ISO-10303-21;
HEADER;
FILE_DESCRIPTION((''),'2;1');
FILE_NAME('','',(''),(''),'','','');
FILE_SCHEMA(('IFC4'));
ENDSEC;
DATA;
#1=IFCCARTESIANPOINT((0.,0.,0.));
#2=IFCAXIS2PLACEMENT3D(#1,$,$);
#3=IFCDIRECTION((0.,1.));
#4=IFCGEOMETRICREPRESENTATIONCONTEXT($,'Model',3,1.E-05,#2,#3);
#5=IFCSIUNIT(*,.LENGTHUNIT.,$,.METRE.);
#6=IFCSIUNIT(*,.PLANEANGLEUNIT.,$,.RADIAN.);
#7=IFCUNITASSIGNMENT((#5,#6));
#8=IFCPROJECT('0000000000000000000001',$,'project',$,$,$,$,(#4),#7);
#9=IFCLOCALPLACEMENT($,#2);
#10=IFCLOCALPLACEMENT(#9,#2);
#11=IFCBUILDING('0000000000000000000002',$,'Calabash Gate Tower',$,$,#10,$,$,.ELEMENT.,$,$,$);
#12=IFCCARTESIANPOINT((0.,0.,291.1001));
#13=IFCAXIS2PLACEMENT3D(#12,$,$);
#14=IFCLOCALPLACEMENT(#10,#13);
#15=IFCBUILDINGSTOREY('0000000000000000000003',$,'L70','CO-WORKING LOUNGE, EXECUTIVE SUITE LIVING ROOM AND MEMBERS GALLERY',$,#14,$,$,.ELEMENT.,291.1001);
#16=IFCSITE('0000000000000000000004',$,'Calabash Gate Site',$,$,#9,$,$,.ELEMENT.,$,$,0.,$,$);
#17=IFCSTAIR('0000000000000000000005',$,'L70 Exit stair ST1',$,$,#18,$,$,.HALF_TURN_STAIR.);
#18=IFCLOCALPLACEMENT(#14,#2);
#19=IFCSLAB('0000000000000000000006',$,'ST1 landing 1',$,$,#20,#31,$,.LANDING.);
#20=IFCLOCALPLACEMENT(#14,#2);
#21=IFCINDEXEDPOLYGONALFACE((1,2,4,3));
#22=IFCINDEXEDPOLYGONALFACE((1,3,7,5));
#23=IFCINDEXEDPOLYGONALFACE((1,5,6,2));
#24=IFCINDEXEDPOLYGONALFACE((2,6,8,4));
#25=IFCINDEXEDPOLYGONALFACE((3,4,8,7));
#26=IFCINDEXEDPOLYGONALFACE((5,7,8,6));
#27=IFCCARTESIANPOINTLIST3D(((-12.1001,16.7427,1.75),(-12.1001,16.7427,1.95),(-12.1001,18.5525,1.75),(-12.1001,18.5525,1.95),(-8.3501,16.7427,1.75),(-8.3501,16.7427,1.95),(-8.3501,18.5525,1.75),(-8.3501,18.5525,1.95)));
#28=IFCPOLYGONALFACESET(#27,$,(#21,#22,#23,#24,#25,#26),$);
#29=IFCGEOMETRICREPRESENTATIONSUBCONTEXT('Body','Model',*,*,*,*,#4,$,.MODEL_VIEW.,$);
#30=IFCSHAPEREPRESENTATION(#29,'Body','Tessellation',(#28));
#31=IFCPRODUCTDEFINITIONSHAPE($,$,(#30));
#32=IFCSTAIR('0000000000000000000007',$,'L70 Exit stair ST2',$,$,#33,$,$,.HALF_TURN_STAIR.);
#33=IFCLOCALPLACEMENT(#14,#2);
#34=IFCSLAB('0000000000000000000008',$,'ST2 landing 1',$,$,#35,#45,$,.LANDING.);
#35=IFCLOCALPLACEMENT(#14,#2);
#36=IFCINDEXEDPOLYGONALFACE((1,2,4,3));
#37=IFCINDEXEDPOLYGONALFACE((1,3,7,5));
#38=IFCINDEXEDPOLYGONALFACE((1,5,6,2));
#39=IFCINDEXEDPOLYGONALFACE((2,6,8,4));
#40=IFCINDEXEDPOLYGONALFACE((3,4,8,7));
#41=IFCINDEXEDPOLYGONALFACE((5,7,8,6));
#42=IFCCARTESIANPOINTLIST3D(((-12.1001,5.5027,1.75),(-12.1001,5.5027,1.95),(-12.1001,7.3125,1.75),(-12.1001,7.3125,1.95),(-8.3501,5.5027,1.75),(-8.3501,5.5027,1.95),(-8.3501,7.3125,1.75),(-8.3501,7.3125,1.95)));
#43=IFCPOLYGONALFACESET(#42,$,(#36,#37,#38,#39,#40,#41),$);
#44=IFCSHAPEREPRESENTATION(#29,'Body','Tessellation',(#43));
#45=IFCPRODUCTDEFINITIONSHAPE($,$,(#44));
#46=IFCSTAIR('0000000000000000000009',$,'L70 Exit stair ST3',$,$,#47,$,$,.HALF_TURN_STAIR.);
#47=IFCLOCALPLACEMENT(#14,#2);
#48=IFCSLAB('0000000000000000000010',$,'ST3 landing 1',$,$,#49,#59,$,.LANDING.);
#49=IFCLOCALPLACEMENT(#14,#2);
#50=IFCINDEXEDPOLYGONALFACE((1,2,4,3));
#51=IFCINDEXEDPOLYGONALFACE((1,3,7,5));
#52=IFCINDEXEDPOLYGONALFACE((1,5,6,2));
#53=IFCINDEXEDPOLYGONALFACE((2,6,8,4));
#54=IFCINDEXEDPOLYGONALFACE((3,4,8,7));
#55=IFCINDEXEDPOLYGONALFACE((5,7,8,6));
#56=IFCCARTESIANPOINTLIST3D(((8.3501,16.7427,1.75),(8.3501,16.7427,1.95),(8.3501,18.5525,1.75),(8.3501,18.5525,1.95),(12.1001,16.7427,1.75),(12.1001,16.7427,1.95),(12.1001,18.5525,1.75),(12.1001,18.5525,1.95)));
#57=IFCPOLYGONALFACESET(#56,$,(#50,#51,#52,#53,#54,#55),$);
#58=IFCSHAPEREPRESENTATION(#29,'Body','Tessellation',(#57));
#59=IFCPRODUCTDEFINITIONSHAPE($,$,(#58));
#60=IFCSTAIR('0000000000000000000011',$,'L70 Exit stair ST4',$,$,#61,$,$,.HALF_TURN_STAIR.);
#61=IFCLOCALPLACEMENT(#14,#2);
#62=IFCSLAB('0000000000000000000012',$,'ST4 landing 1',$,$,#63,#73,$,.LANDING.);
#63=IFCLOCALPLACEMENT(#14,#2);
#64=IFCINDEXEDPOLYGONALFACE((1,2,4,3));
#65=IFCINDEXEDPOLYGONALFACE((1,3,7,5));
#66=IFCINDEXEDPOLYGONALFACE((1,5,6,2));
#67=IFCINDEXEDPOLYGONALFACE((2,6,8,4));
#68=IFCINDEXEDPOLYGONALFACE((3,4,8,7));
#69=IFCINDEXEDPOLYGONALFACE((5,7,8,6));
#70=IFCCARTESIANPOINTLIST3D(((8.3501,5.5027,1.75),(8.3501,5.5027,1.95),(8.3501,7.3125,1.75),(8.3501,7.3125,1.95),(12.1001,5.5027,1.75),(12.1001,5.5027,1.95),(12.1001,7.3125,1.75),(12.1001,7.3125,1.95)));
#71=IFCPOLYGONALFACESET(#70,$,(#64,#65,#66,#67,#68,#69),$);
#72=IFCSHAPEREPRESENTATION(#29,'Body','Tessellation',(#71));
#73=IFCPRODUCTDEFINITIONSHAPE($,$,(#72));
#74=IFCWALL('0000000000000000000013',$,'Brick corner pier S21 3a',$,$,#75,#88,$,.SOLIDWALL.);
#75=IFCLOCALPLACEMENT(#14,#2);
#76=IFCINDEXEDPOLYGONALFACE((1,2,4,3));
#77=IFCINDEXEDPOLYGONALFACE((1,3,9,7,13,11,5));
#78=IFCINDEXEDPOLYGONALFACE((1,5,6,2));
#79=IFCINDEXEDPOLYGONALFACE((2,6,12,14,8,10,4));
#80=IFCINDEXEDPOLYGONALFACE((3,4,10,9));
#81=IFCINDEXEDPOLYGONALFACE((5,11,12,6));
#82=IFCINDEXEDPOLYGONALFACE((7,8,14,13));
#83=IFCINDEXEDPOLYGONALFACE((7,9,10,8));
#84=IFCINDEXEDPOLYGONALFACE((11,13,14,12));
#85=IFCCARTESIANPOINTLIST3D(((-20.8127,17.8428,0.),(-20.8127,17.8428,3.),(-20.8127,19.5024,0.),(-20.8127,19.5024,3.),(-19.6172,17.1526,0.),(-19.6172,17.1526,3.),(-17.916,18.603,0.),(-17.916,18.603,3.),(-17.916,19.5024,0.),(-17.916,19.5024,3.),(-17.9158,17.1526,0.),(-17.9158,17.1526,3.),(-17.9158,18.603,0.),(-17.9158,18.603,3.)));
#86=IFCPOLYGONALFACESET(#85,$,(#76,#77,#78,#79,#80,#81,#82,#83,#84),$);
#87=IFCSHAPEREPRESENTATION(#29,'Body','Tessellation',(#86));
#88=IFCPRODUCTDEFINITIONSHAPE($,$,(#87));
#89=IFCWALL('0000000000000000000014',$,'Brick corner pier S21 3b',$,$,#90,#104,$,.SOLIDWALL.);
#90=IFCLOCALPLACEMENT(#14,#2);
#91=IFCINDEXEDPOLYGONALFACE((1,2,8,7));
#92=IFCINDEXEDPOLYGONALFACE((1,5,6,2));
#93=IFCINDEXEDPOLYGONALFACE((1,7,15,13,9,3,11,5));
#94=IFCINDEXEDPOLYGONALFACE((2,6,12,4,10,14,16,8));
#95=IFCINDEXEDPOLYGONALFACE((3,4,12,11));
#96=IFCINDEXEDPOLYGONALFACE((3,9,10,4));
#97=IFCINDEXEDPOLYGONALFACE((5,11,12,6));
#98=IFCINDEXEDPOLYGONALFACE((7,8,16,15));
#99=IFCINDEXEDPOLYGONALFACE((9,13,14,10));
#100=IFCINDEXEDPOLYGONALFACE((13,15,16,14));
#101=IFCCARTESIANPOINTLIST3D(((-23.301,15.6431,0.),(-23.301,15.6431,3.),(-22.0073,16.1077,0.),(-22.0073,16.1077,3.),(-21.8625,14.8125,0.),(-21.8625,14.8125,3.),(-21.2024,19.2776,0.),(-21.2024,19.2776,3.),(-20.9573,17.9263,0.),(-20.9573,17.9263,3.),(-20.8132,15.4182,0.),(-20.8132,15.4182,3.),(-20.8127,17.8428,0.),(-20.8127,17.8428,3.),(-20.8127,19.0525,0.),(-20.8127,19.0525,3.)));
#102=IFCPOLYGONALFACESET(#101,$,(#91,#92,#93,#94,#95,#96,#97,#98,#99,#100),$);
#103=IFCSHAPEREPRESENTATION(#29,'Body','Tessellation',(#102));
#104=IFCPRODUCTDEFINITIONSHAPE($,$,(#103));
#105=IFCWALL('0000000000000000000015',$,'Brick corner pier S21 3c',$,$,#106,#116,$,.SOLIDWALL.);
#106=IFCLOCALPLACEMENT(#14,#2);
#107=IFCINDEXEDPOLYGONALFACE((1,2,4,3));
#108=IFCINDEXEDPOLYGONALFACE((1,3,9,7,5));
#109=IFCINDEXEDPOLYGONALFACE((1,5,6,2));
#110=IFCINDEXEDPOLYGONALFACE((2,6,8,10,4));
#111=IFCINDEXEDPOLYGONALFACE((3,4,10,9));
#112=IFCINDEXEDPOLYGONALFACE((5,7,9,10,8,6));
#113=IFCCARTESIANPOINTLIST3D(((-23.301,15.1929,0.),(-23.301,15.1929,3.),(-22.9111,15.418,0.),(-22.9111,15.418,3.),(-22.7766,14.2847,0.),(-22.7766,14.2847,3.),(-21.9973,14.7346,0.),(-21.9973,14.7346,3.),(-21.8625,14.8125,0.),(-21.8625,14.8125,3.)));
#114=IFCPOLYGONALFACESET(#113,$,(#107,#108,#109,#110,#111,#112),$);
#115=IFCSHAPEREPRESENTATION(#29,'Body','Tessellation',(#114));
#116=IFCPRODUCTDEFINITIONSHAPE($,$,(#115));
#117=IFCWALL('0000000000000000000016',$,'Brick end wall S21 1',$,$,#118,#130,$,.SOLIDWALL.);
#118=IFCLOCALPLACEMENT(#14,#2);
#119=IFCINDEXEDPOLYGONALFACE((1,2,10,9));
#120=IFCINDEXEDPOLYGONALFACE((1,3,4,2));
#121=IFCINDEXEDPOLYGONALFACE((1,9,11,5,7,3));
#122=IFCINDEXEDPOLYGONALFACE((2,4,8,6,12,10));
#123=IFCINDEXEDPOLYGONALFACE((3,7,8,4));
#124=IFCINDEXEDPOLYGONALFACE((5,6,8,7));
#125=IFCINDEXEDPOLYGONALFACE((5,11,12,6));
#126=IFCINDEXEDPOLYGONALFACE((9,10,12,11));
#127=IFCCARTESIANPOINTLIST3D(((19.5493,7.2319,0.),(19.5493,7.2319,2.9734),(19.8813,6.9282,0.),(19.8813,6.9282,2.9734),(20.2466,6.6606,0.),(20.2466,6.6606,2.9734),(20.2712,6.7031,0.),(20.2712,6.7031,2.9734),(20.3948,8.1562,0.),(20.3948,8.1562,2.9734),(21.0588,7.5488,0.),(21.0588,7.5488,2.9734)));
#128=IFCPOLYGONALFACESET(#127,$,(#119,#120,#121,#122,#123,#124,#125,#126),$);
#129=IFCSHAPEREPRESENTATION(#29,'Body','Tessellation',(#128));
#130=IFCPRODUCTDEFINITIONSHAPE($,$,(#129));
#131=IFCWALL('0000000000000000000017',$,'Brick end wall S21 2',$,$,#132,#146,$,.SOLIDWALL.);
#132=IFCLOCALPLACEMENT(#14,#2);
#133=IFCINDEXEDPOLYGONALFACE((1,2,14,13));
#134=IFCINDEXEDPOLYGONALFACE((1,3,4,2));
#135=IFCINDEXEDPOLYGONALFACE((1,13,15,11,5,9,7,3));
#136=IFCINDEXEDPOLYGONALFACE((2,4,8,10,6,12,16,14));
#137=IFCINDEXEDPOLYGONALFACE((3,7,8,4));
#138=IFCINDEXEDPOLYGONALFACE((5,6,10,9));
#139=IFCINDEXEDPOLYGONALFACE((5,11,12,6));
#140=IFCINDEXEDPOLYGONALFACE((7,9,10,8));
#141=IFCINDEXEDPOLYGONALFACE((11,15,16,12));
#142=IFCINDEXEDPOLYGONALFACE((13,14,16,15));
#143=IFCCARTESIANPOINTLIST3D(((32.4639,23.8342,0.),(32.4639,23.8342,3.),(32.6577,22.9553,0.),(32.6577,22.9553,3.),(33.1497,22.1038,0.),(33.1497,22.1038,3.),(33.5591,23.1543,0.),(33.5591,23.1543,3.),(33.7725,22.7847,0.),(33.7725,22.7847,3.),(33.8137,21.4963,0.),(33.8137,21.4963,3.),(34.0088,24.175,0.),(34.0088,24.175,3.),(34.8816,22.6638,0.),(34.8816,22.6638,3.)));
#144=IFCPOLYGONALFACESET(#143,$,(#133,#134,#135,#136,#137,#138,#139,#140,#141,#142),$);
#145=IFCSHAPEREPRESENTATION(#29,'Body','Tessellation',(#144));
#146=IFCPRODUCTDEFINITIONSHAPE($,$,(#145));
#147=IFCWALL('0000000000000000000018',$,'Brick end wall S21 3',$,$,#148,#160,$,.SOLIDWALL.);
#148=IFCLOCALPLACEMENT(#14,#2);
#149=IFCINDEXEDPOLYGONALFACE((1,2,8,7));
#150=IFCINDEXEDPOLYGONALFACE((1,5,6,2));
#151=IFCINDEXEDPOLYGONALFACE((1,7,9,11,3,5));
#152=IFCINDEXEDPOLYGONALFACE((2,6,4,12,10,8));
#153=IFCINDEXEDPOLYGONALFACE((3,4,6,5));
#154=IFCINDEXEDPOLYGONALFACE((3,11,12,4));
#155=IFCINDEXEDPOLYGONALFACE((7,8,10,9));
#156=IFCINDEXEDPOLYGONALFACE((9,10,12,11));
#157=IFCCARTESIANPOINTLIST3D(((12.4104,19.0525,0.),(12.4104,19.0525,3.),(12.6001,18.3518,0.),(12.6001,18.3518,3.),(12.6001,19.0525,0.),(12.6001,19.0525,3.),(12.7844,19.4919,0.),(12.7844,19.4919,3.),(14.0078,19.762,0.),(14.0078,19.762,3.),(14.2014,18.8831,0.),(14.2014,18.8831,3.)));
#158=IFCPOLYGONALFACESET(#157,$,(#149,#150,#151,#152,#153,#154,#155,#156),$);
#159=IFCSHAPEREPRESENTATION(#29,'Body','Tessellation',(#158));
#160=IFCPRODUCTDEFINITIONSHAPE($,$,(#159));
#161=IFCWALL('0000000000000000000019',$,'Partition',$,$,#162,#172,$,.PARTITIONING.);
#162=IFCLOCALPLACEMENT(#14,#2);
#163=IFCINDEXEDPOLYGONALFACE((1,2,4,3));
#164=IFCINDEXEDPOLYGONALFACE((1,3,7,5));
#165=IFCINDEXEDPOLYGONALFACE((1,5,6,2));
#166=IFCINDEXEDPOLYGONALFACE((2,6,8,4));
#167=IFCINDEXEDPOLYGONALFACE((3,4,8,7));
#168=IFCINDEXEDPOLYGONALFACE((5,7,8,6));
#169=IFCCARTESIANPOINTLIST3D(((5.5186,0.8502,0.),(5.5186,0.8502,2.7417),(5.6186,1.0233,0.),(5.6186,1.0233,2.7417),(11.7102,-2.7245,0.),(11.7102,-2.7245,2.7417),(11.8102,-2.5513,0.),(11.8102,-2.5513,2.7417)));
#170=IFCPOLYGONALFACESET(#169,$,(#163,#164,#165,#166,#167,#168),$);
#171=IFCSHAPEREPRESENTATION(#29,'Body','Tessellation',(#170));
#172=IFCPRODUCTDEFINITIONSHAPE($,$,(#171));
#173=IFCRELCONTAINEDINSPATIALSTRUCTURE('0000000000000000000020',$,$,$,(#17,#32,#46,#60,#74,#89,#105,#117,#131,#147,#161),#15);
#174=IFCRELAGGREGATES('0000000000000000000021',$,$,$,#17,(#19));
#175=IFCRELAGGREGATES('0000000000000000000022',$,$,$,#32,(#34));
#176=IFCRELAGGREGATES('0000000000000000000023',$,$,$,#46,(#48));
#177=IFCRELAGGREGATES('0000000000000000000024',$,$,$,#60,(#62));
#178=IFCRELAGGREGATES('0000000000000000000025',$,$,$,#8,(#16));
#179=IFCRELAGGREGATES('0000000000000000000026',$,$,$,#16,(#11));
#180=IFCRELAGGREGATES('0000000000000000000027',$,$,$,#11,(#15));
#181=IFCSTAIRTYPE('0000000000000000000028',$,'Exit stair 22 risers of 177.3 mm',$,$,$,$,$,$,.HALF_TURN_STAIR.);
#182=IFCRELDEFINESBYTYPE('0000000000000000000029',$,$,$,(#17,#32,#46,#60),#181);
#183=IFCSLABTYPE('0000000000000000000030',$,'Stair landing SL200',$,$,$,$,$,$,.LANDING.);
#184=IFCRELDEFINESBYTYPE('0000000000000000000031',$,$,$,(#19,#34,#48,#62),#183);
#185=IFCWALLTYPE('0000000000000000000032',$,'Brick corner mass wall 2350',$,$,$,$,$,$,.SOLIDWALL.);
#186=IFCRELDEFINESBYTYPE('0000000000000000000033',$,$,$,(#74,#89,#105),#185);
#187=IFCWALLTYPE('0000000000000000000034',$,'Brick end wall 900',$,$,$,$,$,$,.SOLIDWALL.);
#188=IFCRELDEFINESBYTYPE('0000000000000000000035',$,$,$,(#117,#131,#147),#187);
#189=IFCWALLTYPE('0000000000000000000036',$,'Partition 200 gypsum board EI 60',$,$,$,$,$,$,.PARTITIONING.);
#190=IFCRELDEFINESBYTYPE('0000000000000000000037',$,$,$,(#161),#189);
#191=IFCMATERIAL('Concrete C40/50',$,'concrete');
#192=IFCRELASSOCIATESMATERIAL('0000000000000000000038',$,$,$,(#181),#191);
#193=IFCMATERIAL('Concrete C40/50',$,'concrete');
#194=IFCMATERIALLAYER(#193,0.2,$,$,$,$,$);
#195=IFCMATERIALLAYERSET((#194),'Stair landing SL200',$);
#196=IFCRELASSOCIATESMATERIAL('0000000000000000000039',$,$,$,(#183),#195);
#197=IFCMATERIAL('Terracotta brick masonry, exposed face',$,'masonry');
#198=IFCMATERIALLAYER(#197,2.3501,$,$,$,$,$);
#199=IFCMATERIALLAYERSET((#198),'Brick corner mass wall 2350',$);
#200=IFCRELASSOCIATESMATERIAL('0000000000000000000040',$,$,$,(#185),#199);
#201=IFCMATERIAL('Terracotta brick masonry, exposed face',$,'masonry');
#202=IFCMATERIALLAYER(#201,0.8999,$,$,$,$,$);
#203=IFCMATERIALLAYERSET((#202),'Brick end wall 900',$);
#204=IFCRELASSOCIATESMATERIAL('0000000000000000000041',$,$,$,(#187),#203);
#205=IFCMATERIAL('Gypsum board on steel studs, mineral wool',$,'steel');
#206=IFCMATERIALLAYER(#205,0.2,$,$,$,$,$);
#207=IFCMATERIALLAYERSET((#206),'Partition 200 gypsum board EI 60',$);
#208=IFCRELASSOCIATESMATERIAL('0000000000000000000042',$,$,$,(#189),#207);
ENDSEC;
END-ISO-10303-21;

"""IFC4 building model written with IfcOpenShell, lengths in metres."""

from ifc_helpers import new_model, si_unit, direction, frame, frame_2d, origin, place, context, subcontext, project, spatial, polyline, rectangle, outline, extrude, material, layer, layer_set, type_object, element, aggregate, save


model = new_model("IFC4")

# Units and contexts
model_context = context("Model", 3, precision=1e-05, world=origin(), true_north=direction((0.0, 1.0)))
body_context = subcontext(model_context, "Body", "Model", "MODEL_VIEW")
ifc_project = project(units=[si_unit("LENGTHUNIT", "METRE"), si_unit("PLANEANGLEUNIT", "RADIAN")], contexts=[model_context])

# Site, building, storey
site_placement = place(None, origin())
site = spatial("IfcSite", under=ifc_project, at=site_placement, Name="Calabash Gate Site", CompositionType="ELEMENT", RefElevation=0.0)
building_placement = place(site_placement, origin())
building = spatial("IfcBuilding", under=site, at=building_placement, Name="Calabash Gate Tower", CompositionType="ELEMENT")
storey_placement = place(building_placement, frame((0.0, 0.0, 291.1001)))
storey = spatial("IfcBuildingStorey", under=building, at=storey_placement, Name="L70", Description="CO-WORKING LOUNGE, EXECUTIVE SUITE LIVING ROOM AND MEMBERS GALLERY", CompositionType="ELEMENT", Elevation=291.1001)

# Stairs, slabs
ifc_material_1 = material(Name="Concrete C40/50", Category="concrete")
stair_type = type_object("IfcStairType", Name="Exit stair 22 risers of 177.3 mm", PredefinedType="HALF_TURN_STAIR", material=ifc_material_1)
stair_1_placement = place(storey_placement, origin())
stair_1 = element("IfcStair", 1, at=stair_1_placement, inside=storey, type_object=stair_type, Name="L70 Exit stair ST1", PredefinedType="HALF_TURN_STAIR")
ifc_material_2 = material(Name="Concrete C40/50", Category="concrete")
ifc_layer_1 = layer(ifc_material_2, 0.2)
ifc_layer_set_1 = layer_set([ifc_layer_1], Name="Stair landing SL200")
slab_type = type_object("IfcSlabType", Name="Stair landing SL200", PredefinedType="LANDING", material=ifc_layer_set_1)
slab_1_placement = place(storey_placement, frame((0.0, 0.0, 1.75)))
slab_1 = element("IfcSlab", 2, at=slab_1_placement, type_object=slab_type, Name="ST1 landing 1", PredefinedType="LANDING", context=body_context, shape_type="SweptSolid", body=[
    extrude(outline(polyline([(-8.3501, 16.7427), (-8.3501, 18.5525), (-12.1001, 18.5525), (-12.1001, 16.7427), (-8.3501, 16.7427)])), origin(), (0.0, 0.0, 1.0), 0.2),
])
aggregate(stair_1, [slab_1])
stair_2_placement = place(storey_placement, origin())
stair_2 = element("IfcStair", 3, at=stair_2_placement, inside=storey, type_object=stair_type, Name="L70 Exit stair ST2", PredefinedType="HALF_TURN_STAIR")
slab_2_placement = place(storey_placement, frame((0.0, 0.0, 1.75)))
slab_2 = element("IfcSlab", 4, at=slab_2_placement, type_object=slab_type, Name="ST2 landing 1", PredefinedType="LANDING", context=body_context, shape_type="SweptSolid", body=[
    extrude(outline(polyline([(-12.1001, 7.3125), (-12.1001, 5.5027), (-8.3501, 5.5027), (-8.3501, 7.3125), (-12.1001, 7.3125)])), origin(), (0.0, 0.0, 1.0), 0.2),
])
aggregate(stair_2, [slab_2])
stair_3_placement = place(storey_placement, origin())
stair_3 = element("IfcStair", 5, at=stair_3_placement, inside=storey, type_object=stair_type, Name="L70 Exit stair ST3", PredefinedType="HALF_TURN_STAIR")
slab_3_placement = place(storey_placement, frame((0.0, 0.0, 1.75)))
slab_3 = element("IfcSlab", 6, at=slab_3_placement, type_object=slab_type, Name="ST3 landing 1", PredefinedType="LANDING", context=body_context, shape_type="SweptSolid", body=[
    extrude(outline(polyline([(12.1001, 16.7427), (12.1001, 18.5525), (8.3501, 18.5525), (8.3501, 16.7427), (12.1001, 16.7427)])), origin(), (0.0, 0.0, 1.0), 0.2),
])
aggregate(stair_3, [slab_3])
stair_4_placement = place(storey_placement, origin())
stair_4 = element("IfcStair", 7, at=stair_4_placement, inside=storey, type_object=stair_type, Name="L70 Exit stair ST4", PredefinedType="HALF_TURN_STAIR")
slab_4_placement = place(storey_placement, frame((0.0, 0.0, 1.75)))
slab_4 = element("IfcSlab", 8, at=slab_4_placement, type_object=slab_type, Name="ST4 landing 1", PredefinedType="LANDING", context=body_context, shape_type="SweptSolid", body=[
    extrude(outline(polyline([(8.3501, 7.3125), (8.3501, 5.5027), (12.1001, 5.5027), (12.1001, 7.3125), (8.3501, 7.3125)])), origin(), (0.0, 0.0, 1.0), 0.2),
])
aggregate(stair_4, [slab_4])

# Walls
ifc_material_3 = material(Name="Terracotta brick masonry, exposed face", Category="masonry")
ifc_layer_2 = layer(ifc_material_3, 2.3501)
ifc_layer_set_2 = layer_set([ifc_layer_2], Name="Brick corner mass wall 2350")
wall_type_1 = type_object("IfcWallType", Name="Brick corner mass wall 2350", PredefinedType="SOLIDWALL", material=ifc_layer_set_2)
wall_1_placement = place(storey_placement, origin())
element("IfcWall", 9, at=wall_1_placement, inside=storey, type_object=wall_type_1, Name="Brick corner pier S21 3a", PredefinedType="SOLIDWALL", context=body_context, shape_type="SweptSolid", body=[
    extrude(outline(polyline([(-19.6172, 17.1526), (-17.9158, 17.1526), (-17.9158, 18.603), (-17.916, 18.603), (-17.916, 19.5024), (-20.8127, 19.5024), (-20.8127, 17.8428), (-19.6172, 17.1526)])), origin(), (0.0, 0.0, 1.0), 3.0),
])
wall_2_placement = place(storey_placement, origin())
element("IfcWall", 10, at=wall_2_placement, inside=storey, type_object=wall_type_1, Name="Brick corner pier S21 3b", PredefinedType="SOLIDWALL", context=body_context, shape_type="SweptSolid", body=[
    extrude(outline(polyline([(-20.9573, 17.9263), (-20.8127, 17.8428), (-20.8127, 19.0525), (-21.2024, 19.2776), (-23.301, 15.6431), (-21.8625, 14.8125), (-20.8132, 15.4182), (-22.0073, 16.1077), (-20.9573, 17.9263)])), origin(), (0.0, 0.0, 1.0), 3.0),
])
wall_3_placement = place(storey_placement, origin())
element("IfcWall", 11, at=wall_3_placement, inside=storey, type_object=wall_type_1, Name="Brick corner pier S21 3c", PredefinedType="SOLIDWALL", context=body_context, shape_type="SweptSolid", body=[
    extrude(outline(polyline([(-21.9973, 14.7346), (-21.8625, 14.8125), (-22.9111, 15.418), (-23.301, 15.1929), (-22.7766, 14.2847), (-21.9973, 14.7346), (-21.9973, 14.7346)])), origin(), (0.0, 0.0, 1.0), 3.0),
])
ifc_material_4 = material(Name="Terracotta brick masonry, exposed face", Category="masonry")
ifc_layer_3 = layer(ifc_material_4, 0.8999)
ifc_layer_set_3 = layer_set([ifc_layer_3], Name="Brick end wall 900")
wall_type_2 = type_object("IfcWallType", Name="Brick end wall 900", PredefinedType="SOLIDWALL", material=ifc_layer_set_3)
wall_4_placement = place(storey_placement, origin())
element("IfcWall", 12, at=wall_4_placement, inside=storey, type_object=wall_type_2, Name="Brick end wall S21 1", PredefinedType="SOLIDWALL", context=body_context, shape_type="SweptSolid", body=[
    extrude(outline(polyline([(20.3948, 8.1562), (19.5493, 7.2319), (19.8813, 6.9282), (20.2712, 6.7031), (20.2466, 6.6606), (21.0588, 7.5488), (20.3948, 8.1562)])), origin(), (0.0, 0.0, 1.0), 2.9734),
])
wall_5_placement = place(storey_placement, origin())
element("IfcWall", 13, at=wall_5_placement, inside=storey, type_object=wall_type_2, Name="Brick end wall S21 2", PredefinedType="SOLIDWALL", context=body_context, shape_type="SweptSolid", body=[
    extrude(outline(polyline([(33.8137, 21.4963), (34.8816, 22.6638), (34.0088, 24.175), (32.4639, 23.8342), (32.6577, 22.9553), (33.5591, 23.1543), (33.7725, 22.7847), (33.1497, 22.1038), (33.8137, 21.4963)])), origin(), (0.0, 0.0, 1.0), 3.0),
])
wall_6_placement = place(storey_placement, origin())
element("IfcWall", 14, at=wall_6_placement, inside=storey, type_object=wall_type_2, Name="Brick end wall S21 3", PredefinedType="SOLIDWALL", context=body_context, shape_type="SweptSolid", body=[
    extrude(outline(polyline([(14.2014, 18.8831), (14.0078, 19.762), (12.7844, 19.4919), (12.4104, 19.0525), (12.6001, 19.0525), (12.6001, 18.3518), (14.2014, 18.8831)])), origin(), (0.0, 0.0, 1.0), 3.0),
])
ifc_material_5 = material(Name="Gypsum board on steel studs, mineral wool", Category="steel")
ifc_layer_4 = layer(ifc_material_5, 0.2)
ifc_layer_set_4 = layer_set([ifc_layer_4], Name="Partition 200 gypsum board EI 60")
wall_type_3 = type_object("IfcWallType", Name="Partition 200 gypsum board EI 60", PredefinedType="PARTITIONING", material=ifc_layer_set_4)
wall_7_placement = place(storey_placement, frame((5.5686, 0.9368, 0.0), z_axis=(0.0, 0.0, 1.0), x_axis=(0.866028, -0.499995, 0.0)))
element("IfcWall", 15, at=wall_7_placement, inside=storey, type_object=wall_type_3, Name="Partition", PredefinedType="PARTITIONING", context=body_context, shape_type="SweptSolid", body=[
    extrude(rectangle(XDim=7.1494, YDim=0.2, at=frame_2d((3.5747, 0.0))), origin(), (0.0, 0.0, 1.0), 2.7417),
])

save(model, "model.ifc")
